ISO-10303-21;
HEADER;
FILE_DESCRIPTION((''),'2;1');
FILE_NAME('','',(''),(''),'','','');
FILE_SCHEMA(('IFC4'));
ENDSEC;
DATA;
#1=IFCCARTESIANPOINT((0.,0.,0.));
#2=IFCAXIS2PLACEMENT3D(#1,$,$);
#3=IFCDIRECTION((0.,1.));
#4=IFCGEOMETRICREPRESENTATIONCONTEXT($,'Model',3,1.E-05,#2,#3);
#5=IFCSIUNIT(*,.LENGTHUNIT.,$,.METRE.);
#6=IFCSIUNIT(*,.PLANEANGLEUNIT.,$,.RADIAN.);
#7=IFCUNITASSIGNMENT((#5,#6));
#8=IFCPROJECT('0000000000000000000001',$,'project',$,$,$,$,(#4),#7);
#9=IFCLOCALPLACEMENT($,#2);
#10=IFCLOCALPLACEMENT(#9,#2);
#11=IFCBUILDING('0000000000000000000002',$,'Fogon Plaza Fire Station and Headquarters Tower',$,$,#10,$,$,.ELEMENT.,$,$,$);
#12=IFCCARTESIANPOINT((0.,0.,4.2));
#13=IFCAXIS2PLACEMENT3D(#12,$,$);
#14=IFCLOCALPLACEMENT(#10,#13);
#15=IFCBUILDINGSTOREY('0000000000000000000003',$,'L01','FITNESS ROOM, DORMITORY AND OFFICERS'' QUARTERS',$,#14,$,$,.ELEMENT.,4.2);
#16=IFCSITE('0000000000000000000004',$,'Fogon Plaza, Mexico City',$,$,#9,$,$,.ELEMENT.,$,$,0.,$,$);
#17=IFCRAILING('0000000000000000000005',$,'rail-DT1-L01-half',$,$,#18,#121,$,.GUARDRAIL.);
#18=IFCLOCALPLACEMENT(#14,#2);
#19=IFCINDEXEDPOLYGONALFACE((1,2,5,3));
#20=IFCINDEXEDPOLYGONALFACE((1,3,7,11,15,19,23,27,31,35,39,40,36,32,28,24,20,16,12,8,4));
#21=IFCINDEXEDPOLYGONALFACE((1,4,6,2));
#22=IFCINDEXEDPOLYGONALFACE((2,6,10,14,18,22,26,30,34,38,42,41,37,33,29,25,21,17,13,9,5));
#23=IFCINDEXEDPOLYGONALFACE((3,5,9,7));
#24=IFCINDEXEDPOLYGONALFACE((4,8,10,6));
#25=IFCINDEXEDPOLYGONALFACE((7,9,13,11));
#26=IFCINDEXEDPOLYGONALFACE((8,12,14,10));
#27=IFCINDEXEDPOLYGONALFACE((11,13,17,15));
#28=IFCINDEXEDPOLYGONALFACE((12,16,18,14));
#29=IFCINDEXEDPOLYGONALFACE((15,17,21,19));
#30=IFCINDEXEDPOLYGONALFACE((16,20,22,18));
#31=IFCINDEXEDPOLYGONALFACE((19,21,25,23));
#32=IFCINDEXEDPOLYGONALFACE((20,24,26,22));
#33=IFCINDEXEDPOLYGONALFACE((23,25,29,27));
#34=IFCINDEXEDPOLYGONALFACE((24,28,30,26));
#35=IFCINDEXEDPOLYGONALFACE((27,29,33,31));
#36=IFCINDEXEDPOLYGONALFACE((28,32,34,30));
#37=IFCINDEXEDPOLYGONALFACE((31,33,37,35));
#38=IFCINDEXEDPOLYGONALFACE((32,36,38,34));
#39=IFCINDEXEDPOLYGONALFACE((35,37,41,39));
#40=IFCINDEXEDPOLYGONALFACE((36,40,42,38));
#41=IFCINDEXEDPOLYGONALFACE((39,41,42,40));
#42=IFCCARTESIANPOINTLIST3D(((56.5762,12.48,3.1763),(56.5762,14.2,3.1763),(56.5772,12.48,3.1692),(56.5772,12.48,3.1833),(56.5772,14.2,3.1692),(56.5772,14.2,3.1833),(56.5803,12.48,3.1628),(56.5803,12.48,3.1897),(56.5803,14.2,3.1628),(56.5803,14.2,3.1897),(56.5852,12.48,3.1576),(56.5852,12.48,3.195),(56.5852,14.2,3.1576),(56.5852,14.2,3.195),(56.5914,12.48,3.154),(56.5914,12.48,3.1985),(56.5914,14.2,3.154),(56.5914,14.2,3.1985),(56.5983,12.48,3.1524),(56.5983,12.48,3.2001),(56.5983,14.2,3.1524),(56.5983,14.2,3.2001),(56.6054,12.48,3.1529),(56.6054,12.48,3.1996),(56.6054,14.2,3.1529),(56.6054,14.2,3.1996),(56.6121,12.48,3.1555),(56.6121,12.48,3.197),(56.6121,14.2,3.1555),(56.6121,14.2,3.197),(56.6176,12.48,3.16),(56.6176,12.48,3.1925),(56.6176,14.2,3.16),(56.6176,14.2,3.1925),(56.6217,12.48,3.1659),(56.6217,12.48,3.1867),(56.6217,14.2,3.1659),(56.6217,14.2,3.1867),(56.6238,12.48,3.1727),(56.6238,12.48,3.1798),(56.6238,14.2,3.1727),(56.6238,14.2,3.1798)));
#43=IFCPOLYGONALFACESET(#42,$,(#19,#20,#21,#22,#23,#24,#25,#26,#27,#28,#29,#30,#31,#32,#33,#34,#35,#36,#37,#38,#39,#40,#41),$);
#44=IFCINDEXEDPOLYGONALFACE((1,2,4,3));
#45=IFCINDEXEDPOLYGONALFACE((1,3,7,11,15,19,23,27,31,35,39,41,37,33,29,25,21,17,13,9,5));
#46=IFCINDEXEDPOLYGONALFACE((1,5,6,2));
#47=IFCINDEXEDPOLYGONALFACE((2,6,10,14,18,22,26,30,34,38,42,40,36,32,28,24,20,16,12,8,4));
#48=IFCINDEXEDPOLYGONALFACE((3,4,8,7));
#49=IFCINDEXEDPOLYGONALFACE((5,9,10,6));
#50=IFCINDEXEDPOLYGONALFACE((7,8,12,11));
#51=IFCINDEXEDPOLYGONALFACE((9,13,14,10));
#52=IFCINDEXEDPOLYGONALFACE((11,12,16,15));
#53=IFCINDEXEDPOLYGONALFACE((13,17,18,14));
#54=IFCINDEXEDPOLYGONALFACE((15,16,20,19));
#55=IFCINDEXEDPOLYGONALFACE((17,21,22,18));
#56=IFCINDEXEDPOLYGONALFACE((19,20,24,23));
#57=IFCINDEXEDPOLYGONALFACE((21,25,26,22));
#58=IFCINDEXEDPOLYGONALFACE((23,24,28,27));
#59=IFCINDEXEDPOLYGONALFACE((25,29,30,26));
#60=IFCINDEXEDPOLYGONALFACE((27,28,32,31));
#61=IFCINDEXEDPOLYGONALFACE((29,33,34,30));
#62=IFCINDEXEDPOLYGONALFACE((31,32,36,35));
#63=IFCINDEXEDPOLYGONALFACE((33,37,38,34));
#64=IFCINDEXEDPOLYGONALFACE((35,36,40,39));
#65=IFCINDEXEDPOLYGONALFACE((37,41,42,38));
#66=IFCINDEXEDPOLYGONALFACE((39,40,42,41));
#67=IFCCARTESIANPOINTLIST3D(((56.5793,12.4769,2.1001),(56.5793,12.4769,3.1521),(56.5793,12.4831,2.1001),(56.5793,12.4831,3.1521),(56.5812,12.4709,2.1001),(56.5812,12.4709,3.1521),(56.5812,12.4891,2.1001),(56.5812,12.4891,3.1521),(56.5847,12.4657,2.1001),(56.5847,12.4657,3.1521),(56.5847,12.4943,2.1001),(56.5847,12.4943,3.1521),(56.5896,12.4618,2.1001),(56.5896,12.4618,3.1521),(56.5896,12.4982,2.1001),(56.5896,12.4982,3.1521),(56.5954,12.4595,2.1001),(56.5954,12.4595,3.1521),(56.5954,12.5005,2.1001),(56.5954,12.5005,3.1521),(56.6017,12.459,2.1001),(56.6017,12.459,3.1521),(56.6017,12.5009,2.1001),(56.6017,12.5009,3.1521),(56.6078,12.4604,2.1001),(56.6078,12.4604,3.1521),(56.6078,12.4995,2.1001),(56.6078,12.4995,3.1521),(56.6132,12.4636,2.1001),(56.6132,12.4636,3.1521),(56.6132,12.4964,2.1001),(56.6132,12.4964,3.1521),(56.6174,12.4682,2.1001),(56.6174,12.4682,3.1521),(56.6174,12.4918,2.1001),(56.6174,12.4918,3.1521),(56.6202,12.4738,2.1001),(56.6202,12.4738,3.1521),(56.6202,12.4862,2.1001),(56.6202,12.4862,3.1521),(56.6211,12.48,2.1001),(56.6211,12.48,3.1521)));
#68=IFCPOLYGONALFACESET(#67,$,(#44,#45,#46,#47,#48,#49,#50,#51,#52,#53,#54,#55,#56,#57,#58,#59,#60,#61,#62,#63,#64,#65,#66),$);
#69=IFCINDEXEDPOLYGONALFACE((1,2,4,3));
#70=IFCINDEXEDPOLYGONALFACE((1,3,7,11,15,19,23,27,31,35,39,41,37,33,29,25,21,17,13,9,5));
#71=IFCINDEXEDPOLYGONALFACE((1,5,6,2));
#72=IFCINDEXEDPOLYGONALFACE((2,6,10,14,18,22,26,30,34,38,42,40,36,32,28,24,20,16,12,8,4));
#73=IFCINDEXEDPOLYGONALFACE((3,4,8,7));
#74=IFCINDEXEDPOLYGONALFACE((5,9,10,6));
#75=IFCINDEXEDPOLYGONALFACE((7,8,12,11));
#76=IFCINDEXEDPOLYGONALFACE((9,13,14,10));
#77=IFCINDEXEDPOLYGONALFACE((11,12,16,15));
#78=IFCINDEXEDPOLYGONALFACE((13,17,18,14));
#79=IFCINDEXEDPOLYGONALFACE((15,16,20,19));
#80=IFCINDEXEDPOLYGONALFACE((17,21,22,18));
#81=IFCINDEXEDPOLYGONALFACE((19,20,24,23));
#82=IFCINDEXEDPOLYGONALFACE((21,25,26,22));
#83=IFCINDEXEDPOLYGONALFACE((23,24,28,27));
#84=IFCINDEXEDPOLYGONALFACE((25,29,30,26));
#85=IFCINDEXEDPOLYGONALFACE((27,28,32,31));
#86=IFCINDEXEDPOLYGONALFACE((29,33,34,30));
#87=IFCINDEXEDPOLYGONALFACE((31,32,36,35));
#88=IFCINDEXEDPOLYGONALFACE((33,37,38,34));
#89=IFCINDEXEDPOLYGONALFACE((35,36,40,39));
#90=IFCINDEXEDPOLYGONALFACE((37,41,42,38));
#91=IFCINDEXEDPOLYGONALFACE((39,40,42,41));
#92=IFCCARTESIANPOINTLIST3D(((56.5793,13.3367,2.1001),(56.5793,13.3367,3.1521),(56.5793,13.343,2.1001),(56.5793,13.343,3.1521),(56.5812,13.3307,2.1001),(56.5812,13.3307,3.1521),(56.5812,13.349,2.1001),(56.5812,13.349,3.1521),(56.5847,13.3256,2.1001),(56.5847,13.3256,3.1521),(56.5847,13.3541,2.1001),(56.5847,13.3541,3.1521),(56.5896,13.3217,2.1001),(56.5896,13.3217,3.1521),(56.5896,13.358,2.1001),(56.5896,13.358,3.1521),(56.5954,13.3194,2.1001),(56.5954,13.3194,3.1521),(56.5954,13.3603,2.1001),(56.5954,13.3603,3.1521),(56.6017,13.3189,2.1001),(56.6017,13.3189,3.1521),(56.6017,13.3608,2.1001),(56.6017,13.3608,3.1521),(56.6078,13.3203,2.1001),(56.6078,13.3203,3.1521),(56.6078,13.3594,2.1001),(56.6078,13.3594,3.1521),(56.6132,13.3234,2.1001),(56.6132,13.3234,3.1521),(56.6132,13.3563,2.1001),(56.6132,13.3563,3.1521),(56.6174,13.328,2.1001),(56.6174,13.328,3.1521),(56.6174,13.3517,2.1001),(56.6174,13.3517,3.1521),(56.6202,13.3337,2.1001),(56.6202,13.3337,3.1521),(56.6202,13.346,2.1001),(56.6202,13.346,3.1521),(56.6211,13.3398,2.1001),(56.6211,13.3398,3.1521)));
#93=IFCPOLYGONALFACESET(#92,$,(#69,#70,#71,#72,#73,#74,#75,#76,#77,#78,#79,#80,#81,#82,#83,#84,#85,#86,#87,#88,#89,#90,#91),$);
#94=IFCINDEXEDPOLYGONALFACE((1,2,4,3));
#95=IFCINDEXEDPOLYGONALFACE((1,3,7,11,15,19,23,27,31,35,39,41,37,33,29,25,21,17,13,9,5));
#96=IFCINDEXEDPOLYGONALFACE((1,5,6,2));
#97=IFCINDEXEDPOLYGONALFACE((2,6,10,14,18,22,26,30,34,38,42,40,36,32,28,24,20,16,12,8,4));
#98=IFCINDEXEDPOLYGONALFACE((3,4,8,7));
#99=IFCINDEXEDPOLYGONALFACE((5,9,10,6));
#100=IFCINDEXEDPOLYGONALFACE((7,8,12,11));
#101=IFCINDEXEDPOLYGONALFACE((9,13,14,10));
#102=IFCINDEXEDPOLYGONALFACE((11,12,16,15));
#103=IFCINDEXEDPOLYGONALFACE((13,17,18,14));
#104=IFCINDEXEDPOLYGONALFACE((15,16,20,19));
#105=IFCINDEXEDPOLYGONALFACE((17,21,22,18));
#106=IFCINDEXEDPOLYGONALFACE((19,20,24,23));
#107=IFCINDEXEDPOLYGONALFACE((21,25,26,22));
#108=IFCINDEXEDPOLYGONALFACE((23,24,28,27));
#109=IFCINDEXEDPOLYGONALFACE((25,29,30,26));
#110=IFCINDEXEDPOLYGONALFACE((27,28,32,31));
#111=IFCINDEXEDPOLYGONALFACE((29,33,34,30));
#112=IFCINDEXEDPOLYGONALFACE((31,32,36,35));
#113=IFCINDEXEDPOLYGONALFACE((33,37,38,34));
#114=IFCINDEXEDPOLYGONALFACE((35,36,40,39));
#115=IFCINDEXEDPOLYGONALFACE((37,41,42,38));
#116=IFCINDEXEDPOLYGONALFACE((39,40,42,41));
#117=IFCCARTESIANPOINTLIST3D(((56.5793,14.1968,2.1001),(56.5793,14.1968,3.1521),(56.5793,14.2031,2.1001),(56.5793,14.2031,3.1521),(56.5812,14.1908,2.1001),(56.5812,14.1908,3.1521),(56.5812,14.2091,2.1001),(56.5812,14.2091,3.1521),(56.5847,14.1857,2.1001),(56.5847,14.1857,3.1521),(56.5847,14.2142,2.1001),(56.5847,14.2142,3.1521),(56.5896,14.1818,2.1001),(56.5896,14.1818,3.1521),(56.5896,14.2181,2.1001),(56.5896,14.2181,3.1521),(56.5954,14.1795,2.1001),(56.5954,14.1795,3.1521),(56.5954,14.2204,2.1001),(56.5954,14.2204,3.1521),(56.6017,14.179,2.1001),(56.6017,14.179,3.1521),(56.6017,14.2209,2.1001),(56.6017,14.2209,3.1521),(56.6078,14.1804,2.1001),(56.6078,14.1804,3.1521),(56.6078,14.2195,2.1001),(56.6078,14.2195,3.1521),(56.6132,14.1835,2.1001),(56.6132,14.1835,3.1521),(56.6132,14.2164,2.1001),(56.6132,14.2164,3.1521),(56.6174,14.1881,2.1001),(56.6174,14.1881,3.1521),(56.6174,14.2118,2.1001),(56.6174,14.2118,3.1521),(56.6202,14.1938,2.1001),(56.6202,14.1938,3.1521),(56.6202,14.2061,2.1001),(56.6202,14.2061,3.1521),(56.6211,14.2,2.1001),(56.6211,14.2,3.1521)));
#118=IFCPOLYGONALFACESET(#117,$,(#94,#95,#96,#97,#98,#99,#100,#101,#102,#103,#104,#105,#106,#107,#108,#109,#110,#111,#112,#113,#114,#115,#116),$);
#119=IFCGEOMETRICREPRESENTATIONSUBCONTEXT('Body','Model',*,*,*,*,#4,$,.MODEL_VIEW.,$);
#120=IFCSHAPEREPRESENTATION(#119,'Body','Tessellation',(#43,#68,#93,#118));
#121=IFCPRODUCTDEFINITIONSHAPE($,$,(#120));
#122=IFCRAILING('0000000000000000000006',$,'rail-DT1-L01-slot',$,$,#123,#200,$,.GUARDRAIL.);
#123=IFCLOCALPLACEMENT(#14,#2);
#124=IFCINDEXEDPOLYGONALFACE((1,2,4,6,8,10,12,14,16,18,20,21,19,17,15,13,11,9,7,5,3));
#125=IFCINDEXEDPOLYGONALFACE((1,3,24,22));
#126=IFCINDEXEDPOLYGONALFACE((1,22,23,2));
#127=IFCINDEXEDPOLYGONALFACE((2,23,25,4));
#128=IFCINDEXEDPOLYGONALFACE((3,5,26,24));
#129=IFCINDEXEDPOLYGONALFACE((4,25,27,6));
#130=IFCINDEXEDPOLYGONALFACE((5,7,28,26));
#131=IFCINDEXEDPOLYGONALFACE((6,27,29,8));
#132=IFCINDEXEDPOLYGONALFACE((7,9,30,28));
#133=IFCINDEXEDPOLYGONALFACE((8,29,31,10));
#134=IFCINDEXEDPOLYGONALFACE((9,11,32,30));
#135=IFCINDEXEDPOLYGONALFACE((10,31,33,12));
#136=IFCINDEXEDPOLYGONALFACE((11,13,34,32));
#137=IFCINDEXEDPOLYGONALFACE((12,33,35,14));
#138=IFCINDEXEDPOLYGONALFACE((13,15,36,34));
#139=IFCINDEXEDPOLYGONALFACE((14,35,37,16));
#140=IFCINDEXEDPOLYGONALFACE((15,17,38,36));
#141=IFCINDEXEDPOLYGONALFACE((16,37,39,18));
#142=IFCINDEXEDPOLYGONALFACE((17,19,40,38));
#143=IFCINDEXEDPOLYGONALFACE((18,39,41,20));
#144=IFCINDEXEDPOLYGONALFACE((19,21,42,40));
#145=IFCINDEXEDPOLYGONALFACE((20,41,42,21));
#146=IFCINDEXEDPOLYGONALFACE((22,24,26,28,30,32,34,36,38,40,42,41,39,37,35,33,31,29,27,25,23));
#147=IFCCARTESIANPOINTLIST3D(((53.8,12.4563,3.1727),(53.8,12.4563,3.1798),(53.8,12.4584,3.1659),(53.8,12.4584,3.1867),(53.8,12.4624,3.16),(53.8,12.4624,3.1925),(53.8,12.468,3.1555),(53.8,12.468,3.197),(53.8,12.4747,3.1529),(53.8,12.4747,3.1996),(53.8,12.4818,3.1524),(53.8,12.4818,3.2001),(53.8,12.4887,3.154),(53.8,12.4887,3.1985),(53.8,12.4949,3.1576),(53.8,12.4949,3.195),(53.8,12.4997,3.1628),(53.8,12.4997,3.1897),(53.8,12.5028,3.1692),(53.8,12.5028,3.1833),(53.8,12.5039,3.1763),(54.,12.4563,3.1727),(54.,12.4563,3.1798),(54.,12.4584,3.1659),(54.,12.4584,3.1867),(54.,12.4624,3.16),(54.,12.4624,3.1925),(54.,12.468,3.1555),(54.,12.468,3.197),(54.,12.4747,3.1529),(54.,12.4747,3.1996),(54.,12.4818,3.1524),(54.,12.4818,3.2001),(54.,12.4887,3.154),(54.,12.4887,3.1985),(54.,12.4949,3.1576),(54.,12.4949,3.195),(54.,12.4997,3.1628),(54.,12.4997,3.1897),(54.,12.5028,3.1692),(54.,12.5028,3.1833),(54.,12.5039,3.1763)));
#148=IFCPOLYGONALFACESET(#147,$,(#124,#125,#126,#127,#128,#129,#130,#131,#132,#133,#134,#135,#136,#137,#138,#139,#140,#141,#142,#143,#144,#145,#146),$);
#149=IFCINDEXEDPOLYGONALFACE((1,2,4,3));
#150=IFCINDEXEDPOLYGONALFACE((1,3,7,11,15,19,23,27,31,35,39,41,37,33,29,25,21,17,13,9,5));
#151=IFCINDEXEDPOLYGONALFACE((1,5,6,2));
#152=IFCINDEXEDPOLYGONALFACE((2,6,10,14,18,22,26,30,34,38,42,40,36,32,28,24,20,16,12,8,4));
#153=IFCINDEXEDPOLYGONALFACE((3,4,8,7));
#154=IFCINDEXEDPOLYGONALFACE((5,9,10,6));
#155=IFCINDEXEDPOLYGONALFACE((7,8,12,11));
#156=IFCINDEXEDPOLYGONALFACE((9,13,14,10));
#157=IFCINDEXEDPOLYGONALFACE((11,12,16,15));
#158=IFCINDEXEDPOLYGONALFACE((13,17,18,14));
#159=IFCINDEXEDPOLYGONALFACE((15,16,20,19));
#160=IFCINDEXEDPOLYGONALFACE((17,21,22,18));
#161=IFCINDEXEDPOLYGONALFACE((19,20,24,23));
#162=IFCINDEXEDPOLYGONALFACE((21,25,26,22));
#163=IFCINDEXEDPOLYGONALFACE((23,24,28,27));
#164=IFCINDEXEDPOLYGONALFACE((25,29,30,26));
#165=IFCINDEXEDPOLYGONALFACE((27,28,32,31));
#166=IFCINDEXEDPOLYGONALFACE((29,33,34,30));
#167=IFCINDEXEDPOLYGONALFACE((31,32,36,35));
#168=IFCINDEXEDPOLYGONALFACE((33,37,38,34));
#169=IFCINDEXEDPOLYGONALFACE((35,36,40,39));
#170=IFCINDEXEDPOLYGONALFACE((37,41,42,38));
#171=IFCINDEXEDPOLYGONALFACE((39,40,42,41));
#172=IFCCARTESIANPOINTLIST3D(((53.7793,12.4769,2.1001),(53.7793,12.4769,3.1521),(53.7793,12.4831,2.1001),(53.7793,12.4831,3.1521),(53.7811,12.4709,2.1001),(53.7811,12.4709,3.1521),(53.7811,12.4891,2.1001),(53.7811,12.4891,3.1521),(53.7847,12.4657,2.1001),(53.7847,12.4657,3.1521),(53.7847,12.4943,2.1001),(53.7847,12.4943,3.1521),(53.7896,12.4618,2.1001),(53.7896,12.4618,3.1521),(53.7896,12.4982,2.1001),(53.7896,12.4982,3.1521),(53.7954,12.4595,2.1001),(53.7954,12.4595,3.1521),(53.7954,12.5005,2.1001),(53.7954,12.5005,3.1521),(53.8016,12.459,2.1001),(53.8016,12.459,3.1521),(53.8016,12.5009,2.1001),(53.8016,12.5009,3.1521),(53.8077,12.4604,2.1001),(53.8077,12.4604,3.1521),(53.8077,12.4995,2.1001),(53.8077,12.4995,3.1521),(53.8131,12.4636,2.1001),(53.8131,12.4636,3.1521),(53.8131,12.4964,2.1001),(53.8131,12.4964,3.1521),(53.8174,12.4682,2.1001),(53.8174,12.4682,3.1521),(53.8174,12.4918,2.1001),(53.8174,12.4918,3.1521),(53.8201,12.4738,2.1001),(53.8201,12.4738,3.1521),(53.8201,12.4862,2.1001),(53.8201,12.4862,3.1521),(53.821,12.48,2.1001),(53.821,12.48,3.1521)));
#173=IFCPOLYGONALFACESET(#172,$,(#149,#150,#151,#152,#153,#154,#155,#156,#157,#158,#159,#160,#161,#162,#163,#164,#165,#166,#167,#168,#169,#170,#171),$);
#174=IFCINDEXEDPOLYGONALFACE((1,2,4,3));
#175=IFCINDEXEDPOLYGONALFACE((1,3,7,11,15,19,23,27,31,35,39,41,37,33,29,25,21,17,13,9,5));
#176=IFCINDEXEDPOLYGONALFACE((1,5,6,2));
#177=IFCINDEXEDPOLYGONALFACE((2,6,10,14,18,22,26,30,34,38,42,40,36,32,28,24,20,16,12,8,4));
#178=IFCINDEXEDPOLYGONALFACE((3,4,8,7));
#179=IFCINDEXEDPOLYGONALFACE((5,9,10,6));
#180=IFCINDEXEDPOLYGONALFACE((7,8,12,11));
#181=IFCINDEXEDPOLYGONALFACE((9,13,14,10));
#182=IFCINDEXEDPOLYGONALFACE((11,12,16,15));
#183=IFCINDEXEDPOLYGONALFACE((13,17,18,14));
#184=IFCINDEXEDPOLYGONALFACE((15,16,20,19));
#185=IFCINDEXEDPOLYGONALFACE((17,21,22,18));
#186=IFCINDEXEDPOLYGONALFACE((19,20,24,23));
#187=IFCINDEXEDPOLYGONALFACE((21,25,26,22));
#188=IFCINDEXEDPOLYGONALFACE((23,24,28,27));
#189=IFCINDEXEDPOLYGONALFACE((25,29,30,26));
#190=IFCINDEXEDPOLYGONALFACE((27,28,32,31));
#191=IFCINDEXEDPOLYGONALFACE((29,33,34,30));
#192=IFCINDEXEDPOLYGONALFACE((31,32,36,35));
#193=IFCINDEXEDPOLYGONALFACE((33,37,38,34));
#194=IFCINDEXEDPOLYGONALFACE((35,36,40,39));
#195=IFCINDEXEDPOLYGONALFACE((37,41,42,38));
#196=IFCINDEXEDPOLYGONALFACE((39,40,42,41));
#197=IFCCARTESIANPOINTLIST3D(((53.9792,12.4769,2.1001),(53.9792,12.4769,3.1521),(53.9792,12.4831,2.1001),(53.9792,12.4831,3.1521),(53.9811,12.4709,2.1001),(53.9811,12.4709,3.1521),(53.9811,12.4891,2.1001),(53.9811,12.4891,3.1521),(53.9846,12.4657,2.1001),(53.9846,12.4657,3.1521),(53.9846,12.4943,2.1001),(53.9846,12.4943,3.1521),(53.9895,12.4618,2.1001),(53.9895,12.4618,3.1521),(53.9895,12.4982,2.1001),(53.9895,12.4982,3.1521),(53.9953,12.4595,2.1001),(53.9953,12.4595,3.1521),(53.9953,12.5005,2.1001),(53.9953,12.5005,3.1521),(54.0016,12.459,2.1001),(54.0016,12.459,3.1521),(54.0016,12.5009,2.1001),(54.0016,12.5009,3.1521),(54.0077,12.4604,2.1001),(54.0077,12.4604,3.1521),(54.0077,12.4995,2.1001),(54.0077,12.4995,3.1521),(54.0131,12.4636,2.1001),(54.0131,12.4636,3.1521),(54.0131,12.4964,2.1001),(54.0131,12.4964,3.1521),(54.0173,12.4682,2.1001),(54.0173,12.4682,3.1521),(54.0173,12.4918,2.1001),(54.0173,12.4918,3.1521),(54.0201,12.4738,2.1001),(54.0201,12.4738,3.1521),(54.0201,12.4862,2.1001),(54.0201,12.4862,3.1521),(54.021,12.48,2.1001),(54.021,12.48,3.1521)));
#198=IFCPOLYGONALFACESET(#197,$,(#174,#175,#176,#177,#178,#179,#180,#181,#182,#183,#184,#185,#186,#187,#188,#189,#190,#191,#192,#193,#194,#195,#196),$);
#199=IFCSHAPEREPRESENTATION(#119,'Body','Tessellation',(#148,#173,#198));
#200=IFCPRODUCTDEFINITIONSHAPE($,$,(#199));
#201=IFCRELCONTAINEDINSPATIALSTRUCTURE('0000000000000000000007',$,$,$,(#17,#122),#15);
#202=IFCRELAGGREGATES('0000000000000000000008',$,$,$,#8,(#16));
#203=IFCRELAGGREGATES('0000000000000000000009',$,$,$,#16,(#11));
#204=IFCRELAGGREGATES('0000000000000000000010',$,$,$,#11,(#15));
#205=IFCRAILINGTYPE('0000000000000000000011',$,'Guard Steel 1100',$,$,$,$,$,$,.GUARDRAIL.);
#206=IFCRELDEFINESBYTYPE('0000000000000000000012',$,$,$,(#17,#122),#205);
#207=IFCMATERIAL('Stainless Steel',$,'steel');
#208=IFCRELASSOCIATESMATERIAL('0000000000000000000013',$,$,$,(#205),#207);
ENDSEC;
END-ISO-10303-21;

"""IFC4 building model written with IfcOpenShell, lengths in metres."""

from ifc_helpers import new_model, si_unit, direction, frame, origin, origin_2d, place, context, subcontext, project, spatial, circle, extrude, material, type_object, element, save


model = new_model("IFC4")

# Units and contexts
model_context = context("Model", 3, precision=1e-05, world=origin(), true_north=direction((0.0, 1.0)))
body_context = subcontext(model_context, "Body", "Model", "MODEL_VIEW")
ifc_project = project(units=[si_unit("LENGTHUNIT", "METRE"), si_unit("PLANEANGLEUNIT", "RADIAN")], contexts=[model_context])

# Site, building, storey
site_placement = place(None, origin())
site = spatial("IfcSite", under=ifc_project, at=site_placement, Name="Fogon Plaza, Mexico City", CompositionType="ELEMENT", RefElevation=0.0)
building_placement = place(site_placement, origin())
building = spatial("IfcBuilding", under=site, at=building_placement, Name="Fogon Plaza Fire Station and Headquarters Tower", CompositionType="ELEMENT")
storey_placement = place(building_placement, frame((0.0, 0.0, 4.2)))
storey = spatial("IfcBuildingStorey", under=building, at=storey_placement, Name="L01", Description="FITNESS ROOM, DORMITORY AND OFFICERS' QUARTERS", CompositionType="ELEMENT", Elevation=4.2)

# Railings
ifc_material_1 = material(Name="Stainless Steel", Category="steel")
railing_type_1 = type_object("IfcRailingType", Name="Guard Steel 1100", PredefinedType="GUARDRAIL", material=ifc_material_1)
railing_1_placement = place(storey_placement, frame((56.6001, 12.48, 2.1001)))
element("IfcRailing", 1, at=railing_1_placement, inside=storey, type_object=railing_type_1, Name="rail-DT1-L01-half", PredefinedType="GUARDRAIL", context=body_context, shape_type="SweptSolid", body=[
    extrude(circle(Radius=0.0239, at=origin_2d()), frame((0.0, 0.0, 1.0762), z_axis=(0.0, 1.0, 0.0), x_axis=(-1.0, 0.0, 0.0)), (0.0, 0.0, 1.0), 1.72),
    extrude(circle(Radius=0.021, at=origin_2d()), origin(), (0.0, 0.0, 1.0), 1.052),
    extrude(circle(Radius=0.021, at=origin_2d()), frame((0.0, 0.8599, 0.0)), (0.0, 0.0, 1.0), 1.052),
    extrude(circle(Radius=0.021, at=origin_2d()), frame((0.0, 1.72, 0.0)), (0.0, 0.0, 1.0), 1.052),
])
railing_2_placement = place(storey_placement, frame((53.8, 12.48, 2.1001)))
element("IfcRailing", 2, at=railing_2_placement, inside=storey, type_object=railing_type_1, Name="rail-DT1-L01-slot", PredefinedType="GUARDRAIL", context=body_context, shape_type="SweptSolid", body=[
    extrude(circle(Radius=0.0239, at=origin_2d()), frame((0.0, 0.0, 1.0762), z_axis=(1.0, 0.0, 0.0), x_axis=(0.0, 1.0, 0.0)), (0.0, 0.0, 1.0), 0.2),
    extrude(circle(Radius=0.021, at=origin_2d()), origin(), (0.0, 0.0, 1.0), 1.052),
    extrude(circle(Radius=0.021, at=origin_2d()), frame((0.2, 0.0, 0.0)), (0.0, 0.0, 1.0), 1.052),
])

save(model, "model.ifc")
